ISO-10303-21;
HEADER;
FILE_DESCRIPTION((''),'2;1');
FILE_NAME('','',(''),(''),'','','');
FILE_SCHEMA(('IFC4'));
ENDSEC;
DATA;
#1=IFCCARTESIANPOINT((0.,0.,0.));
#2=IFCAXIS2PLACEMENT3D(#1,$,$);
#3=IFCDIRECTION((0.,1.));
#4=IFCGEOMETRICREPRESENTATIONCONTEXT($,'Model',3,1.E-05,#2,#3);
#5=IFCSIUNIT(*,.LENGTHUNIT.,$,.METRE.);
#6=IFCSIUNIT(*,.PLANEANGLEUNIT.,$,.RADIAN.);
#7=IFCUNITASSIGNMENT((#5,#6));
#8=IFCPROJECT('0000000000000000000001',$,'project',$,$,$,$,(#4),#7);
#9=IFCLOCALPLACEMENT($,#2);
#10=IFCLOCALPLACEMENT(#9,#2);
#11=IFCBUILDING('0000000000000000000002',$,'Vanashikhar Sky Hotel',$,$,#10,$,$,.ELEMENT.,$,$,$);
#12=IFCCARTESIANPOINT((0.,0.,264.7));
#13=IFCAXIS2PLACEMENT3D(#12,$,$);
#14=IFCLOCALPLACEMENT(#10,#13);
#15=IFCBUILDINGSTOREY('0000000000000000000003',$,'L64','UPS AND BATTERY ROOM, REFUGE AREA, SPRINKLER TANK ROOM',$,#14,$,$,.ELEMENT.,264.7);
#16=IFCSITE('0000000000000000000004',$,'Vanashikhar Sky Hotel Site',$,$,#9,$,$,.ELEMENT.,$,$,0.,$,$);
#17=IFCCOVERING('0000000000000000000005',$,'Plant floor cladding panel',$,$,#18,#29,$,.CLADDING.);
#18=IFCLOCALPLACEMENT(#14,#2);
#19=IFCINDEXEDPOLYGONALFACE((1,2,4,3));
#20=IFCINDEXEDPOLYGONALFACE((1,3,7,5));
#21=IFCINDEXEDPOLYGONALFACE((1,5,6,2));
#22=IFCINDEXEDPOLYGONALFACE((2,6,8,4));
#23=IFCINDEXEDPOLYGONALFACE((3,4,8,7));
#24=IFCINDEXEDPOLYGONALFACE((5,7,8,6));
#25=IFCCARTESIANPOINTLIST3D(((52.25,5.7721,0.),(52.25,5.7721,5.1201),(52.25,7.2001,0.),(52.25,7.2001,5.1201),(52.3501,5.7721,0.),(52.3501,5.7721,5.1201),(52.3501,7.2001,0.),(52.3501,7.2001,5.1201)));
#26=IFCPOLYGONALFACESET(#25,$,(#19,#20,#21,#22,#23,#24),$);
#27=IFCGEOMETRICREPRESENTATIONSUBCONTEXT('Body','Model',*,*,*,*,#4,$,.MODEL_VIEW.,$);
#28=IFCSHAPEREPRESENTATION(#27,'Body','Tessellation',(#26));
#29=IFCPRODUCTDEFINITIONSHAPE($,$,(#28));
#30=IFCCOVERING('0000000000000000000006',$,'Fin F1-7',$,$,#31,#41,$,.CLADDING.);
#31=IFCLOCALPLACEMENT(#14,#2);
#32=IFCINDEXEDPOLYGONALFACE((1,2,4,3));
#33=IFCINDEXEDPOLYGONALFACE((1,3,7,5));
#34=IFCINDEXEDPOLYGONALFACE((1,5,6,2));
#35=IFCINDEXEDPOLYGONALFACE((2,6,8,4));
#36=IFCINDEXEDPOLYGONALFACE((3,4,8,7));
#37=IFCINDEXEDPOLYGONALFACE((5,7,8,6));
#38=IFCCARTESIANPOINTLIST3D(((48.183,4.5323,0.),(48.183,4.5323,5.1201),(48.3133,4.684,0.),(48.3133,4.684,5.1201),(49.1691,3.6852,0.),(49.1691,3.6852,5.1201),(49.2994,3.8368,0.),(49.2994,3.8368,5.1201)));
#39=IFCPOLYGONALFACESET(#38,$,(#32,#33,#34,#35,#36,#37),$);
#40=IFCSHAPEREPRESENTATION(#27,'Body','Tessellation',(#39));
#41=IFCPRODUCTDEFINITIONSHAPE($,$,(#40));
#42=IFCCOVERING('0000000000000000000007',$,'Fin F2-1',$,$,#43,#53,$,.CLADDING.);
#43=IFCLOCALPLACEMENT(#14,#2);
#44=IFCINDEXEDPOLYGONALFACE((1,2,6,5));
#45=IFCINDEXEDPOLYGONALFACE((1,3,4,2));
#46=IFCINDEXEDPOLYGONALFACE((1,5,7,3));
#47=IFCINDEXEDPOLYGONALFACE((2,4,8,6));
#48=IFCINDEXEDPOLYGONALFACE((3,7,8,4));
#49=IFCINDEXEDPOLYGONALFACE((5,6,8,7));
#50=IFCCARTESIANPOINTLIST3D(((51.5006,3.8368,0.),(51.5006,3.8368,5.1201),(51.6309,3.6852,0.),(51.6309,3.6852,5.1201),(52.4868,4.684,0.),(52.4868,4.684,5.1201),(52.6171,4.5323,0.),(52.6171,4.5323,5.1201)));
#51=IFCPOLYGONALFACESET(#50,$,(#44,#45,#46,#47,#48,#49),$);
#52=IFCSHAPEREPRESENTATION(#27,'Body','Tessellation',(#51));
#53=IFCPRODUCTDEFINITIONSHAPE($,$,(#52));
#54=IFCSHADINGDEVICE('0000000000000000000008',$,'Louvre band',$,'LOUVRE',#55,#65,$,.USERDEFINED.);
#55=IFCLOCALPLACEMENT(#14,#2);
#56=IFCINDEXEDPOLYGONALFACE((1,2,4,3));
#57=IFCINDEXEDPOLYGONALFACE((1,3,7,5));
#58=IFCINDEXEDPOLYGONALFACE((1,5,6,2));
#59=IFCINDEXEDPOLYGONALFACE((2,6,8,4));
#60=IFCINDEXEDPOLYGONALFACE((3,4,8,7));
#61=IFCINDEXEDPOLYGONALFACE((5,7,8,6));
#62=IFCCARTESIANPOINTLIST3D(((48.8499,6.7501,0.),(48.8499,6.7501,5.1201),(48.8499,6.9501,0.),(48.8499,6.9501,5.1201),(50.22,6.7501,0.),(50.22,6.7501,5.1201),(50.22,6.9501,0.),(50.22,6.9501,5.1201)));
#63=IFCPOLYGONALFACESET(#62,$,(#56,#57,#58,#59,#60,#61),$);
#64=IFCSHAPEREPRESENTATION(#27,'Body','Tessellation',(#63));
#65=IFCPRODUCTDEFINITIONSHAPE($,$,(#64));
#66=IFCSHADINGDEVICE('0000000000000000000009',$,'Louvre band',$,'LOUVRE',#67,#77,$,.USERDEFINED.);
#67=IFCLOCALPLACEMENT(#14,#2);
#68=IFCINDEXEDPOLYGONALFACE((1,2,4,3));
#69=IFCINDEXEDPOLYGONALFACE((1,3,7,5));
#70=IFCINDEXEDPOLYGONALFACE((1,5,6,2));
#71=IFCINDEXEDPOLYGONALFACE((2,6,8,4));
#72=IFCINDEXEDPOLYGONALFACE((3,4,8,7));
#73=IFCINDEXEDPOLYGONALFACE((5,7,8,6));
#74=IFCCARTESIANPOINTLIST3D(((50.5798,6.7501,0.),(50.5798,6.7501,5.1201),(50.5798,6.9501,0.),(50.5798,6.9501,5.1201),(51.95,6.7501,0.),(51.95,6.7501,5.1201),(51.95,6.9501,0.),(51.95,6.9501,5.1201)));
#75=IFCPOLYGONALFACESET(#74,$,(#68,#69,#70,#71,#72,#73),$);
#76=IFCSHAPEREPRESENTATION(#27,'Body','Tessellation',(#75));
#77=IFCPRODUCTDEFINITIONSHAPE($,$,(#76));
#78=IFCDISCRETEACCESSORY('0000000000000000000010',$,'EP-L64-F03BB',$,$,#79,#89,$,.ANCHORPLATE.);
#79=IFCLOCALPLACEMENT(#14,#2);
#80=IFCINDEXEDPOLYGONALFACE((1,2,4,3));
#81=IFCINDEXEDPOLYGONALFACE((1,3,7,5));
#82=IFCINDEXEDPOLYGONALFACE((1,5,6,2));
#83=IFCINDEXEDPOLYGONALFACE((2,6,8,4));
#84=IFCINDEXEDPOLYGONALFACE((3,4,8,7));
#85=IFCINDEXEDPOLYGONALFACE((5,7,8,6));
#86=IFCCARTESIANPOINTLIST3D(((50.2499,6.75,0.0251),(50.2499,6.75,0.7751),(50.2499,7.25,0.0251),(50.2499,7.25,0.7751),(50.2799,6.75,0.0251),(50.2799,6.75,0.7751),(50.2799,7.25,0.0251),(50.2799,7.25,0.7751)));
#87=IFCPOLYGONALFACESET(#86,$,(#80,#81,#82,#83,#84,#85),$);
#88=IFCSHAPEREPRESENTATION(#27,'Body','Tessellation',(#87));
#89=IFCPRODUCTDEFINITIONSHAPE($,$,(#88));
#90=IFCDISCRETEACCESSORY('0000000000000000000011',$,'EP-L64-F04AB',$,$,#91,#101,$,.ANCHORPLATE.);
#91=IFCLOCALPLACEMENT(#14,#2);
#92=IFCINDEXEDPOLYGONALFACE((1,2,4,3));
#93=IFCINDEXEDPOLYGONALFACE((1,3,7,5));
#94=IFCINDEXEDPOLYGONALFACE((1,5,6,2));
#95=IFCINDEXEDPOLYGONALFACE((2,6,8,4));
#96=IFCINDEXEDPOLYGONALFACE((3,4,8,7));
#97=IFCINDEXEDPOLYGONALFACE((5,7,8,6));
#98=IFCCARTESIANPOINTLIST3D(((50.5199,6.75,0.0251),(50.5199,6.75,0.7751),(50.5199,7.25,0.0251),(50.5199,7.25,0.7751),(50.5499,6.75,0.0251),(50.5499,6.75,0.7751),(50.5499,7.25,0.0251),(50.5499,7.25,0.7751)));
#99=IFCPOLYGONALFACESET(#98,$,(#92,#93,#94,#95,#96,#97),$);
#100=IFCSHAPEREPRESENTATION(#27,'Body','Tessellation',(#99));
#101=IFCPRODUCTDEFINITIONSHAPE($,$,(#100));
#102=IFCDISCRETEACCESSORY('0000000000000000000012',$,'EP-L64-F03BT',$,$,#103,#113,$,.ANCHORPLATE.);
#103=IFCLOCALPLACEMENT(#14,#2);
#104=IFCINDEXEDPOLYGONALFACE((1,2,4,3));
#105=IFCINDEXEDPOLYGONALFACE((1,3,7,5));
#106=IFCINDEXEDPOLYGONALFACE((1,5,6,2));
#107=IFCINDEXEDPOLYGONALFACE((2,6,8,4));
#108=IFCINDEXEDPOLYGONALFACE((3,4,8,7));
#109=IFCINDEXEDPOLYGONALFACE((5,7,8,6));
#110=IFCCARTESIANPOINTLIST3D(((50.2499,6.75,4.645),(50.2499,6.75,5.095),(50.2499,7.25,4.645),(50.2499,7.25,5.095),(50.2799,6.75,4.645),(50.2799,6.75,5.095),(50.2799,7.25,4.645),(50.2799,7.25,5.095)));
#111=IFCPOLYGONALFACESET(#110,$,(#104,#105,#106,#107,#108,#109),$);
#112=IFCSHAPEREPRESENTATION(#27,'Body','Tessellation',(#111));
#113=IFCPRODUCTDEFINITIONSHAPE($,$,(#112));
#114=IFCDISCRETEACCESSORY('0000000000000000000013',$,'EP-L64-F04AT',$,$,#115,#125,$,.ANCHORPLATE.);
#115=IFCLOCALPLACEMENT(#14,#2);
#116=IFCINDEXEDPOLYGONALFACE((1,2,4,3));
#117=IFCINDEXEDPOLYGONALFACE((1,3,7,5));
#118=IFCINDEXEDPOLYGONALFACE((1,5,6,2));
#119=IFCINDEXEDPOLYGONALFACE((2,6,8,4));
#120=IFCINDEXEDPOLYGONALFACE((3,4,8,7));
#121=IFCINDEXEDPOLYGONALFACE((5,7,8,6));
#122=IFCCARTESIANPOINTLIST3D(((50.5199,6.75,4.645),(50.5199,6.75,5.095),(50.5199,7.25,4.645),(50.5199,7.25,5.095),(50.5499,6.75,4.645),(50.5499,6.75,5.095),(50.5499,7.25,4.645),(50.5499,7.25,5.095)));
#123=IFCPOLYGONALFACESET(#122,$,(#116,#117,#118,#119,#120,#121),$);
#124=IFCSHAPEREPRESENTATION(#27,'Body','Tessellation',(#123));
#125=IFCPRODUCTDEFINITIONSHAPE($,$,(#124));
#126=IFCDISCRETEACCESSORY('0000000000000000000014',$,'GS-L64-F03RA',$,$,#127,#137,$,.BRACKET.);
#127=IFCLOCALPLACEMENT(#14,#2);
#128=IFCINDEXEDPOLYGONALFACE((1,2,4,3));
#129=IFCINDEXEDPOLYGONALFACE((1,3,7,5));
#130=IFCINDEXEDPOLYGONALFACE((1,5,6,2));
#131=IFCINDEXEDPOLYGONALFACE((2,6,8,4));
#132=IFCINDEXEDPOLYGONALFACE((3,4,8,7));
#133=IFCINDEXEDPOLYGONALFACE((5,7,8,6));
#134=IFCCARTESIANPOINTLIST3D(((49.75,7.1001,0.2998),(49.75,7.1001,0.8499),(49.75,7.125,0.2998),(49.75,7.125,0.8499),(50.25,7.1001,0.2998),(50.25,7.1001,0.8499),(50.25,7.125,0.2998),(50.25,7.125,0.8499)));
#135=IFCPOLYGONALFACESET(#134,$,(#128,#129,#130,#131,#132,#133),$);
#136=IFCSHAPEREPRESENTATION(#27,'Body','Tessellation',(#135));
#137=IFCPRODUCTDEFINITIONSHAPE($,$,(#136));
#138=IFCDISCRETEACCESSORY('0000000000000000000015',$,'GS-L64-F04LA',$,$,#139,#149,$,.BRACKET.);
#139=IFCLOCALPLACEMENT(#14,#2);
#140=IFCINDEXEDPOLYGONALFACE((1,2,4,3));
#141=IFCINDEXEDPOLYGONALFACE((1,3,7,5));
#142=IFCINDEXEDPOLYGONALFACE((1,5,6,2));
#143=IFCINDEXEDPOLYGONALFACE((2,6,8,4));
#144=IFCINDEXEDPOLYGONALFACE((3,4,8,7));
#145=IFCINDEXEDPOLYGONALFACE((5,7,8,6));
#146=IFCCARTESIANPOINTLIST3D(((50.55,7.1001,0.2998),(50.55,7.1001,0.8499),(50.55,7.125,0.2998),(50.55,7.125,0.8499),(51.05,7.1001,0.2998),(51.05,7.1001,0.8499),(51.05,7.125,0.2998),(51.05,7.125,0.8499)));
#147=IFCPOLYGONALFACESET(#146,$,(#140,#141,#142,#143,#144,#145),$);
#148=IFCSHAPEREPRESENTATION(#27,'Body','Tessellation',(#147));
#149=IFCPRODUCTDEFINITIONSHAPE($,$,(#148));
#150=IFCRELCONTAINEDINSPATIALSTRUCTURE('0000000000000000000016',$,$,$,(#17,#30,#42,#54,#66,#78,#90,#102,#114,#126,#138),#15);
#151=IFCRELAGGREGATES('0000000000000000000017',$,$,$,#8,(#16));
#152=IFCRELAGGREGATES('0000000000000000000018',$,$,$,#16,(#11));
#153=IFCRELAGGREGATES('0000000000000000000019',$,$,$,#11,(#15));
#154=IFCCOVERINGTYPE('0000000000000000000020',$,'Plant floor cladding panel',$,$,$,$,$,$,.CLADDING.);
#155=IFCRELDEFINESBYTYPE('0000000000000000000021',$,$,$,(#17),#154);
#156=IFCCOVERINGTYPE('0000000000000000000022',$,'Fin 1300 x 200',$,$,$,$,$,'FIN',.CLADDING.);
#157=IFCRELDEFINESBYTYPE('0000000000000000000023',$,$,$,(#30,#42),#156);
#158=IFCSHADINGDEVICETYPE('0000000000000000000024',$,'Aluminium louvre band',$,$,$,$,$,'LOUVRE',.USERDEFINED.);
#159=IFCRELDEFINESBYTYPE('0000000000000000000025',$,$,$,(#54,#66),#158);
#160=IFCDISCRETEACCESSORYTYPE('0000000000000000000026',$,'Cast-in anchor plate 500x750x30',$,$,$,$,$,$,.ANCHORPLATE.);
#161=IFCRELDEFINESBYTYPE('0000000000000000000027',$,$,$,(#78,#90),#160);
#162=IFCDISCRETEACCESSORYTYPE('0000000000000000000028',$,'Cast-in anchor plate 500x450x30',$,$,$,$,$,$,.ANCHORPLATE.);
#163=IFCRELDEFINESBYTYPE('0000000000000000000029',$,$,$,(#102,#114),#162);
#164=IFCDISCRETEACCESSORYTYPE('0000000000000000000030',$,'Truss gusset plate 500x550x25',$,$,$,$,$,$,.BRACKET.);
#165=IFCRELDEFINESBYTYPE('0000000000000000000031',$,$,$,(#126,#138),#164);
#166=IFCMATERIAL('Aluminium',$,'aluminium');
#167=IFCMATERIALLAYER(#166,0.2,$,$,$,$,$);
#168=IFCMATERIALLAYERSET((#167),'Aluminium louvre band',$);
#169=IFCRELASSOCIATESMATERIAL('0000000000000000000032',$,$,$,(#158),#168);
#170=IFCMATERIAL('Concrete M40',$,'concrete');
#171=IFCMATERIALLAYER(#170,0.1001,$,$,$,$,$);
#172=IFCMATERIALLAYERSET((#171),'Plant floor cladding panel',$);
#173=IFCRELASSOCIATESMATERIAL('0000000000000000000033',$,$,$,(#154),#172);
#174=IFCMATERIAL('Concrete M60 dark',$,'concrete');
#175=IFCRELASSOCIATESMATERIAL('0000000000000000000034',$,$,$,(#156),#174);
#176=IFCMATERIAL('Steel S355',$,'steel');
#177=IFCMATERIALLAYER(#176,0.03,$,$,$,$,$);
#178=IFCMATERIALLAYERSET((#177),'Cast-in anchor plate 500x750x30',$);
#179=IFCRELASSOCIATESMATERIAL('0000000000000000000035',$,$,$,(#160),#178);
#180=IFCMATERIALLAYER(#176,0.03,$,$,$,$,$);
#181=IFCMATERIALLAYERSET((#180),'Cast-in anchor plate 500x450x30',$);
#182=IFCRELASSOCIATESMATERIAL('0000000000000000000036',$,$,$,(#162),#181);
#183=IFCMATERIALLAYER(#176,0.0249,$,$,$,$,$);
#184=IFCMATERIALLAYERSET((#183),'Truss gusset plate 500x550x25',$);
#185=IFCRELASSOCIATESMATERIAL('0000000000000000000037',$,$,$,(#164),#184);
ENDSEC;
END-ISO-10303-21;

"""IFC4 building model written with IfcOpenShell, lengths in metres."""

from ifc_helpers import new_model, si_unit, direction, frame, origin, origin_2d, place, context, subcontext, project, spatial, rectangle, extrude, source, transform, mapped, material, layer, layer_set, material_profile, profile_set, type_object, element, save


model = new_model("IFC4")

# Units and contexts
model_context = context("Model", 3, precision=1e-05, world=origin(), true_north=direction((0.0, 1.0)))
body_context = subcontext(model_context, "Body", "Model", "MODEL_VIEW")
ifc_project = project(units=[si_unit("LENGTHUNIT", "METRE"), si_unit("PLANEANGLEUNIT", "RADIAN")], contexts=[model_context])

# Site, building, storey
site_placement = place(None, origin())
site = spatial("IfcSite", under=ifc_project, at=site_placement, Name="Vanashikhar Sky Hotel Site", CompositionType="ELEMENT", RefElevation=0.0)
building_placement = place(site_placement, origin())
building = spatial("IfcBuilding", under=site, at=building_placement, Name="Vanashikhar Sky Hotel", CompositionType="ELEMENT")
storey_placement = place(building_placement, frame((0.0, 0.0, 264.7)))
storey = spatial("IfcBuildingStorey", under=building, at=storey_placement, Name="L64", Description="UPS AND BATTERY ROOM, REFUGE AREA, SPRINKLER TANK ROOM", CompositionType="ELEMENT", Elevation=264.7)

# Shared definitions
ifc_material_1 = material(Name="Steel S355", Category="steel")

# Shared definitions
ifc_material_2 = material(Name="Aluminium", Category="aluminium")
ifc_layer_1 = layer(ifc_material_2, 0.2)
ifc_layer_set_1 = layer_set([ifc_layer_1], Name="Aluminium louvre band")
shading_device_type = type_object("IfcShadingDeviceType", Name="Aluminium louvre band", ElementType="LOUVRE", PredefinedType="USERDEFINED", material=ifc_layer_set_1)

# Coverings
ifc_material_3 = material(Name="Concrete M40", Category="concrete")
ifc_layer_2 = layer(ifc_material_3, 0.1001)
ifc_layer_set_2 = layer_set([ifc_layer_2], Name="Plant floor cladding panel")
covering_type_1 = type_object("IfcCoveringType", Name="Plant floor cladding panel", PredefinedType="CLADDING", material=ifc_layer_set_2)
shared_shape_1 = source(origin(), body_context, "Body", "SweptSolid", [
    extrude(rectangle(XDim=1.428, YDim=0.1001, at=origin_2d()), origin(), (0.0, 0.0, 1.0), 5.1201),
])
for number, where, z_axis, x_axis, name in (
    (1, (52.3, 6.4861, 0.0), (0.0, 0.0, 1.0), (0.0, -1.0, 0.0), "Plant floor cladding panel"),
):
    element("IfcCovering", number, at=place(storey_placement, frame(where, z_axis=z_axis, x_axis=x_axis)), inside=storey, type_object=covering_type_1, Name=name, PredefinedType="CLADDING", context=body_context, shape_type="MappedRepresentation", body=[
        mapped(shared_shape_1, transform((0.0, 0.0, 0.0), scale=1.0)),
    ])
ifc_material_4 = material(Name="Concrete M60 dark", Category="concrete")
ifc_material_profile_1 = material_profile(ifc_material_4, rectangle(XDim=1.3, YDim=0.2, at=origin_2d()))
ifc_profile_set_1 = profile_set([ifc_material_profile_1], Name="Fin 1300 x 200")
covering_type_2 = type_object("IfcCoveringType", Name="Fin 1300 x 200", ElementType="FIN", PredefinedType="CLADDING", material=ifc_profile_set_1)
shared_shape_2 = source(origin(), body_context, "Body", "SweptSolid", [
    extrude(rectangle(XDim=1.3, YDim=0.2, at=origin_2d()), origin(), (0.0, 0.0, 1.0), 5.1201),
])
for number, where, z_axis, x_axis, name in (
    (2, (48.7412, 4.1846, 0.0), (0.0, 0.0, 1.0), (0.758544, -0.651622, 0.0), "Fin F1-7"),
    (3, (52.0588, 4.1846, 0.0), (0.0, 0.0, 1.0), (-0.758544, -0.651622, 0.0), "Fin F2-1"),
):
    element("IfcCovering", number, at=place(storey_placement, frame(where, z_axis=z_axis, x_axis=x_axis)), inside=storey, type_object=covering_type_2, Name=name, PredefinedType="CLADDING", context=body_context, shape_type="MappedRepresentation", body=[
        mapped(shared_shape_2, transform((0.0, 0.0, 0.0), scale=1.0)),
    ])

# Shading devices
shared_shape_3 = source(origin(), body_context, "Body", "SweptSolid", [
    extrude(rectangle(XDim=1.3701, YDim=0.2, at=origin_2d()), origin(), (0.0, 0.0, 1.0), 5.1201),
])
for number, where, z_axis, x_axis, name in (
    (4, (49.5349, 6.8501, 0.0), (0.0, 0.0, 1.0), (1.0, 0.0, 0.0), "Louvre band"),
    (5, (51.2649, 6.8501, 0.0), (0.0, 0.0, 1.0), (1.0, 0.0, 0.0), "Louvre band"),
):
    element("IfcShadingDevice", number, at=place(storey_placement, frame(where, z_axis=z_axis, x_axis=x_axis)), inside=storey, type_object=shading_device_type, Name=name, ObjectType="LOUVRE", PredefinedType="USERDEFINED", context=body_context, shape_type="MappedRepresentation", body=[
        mapped(shared_shape_3, transform((0.0, 0.0, 0.0), scale=1.0)),
    ])

# Discrete accessories
ifc_layer_3 = layer(ifc_material_1, 0.03)
ifc_layer_set_3 = layer_set([ifc_layer_3], Name="Cast-in anchor plate 500x750x30")
discrete_accessory_type_1 = type_object("IfcDiscreteAccessoryType", Name="Cast-in anchor plate 500x750x30", PredefinedType="ANCHORPLATE", material=ifc_layer_set_3)
shared_shape_4 = source(origin(), body_context, "Body", "SweptSolid", [
    extrude(rectangle(XDim=0.03, YDim=0.5, at=origin_2d()), origin(), (0.0, 0.0, 1.0), 0.75),
])
for number, where, z_axis, x_axis, name in (
    (6, (50.2649, 7.0, 0.0251), (0.0, 0.0, 1.0), (1.0, 0.0, 0.0), "EP-L64-F03BB"),
    (7, (50.5349, 7.0, 0.0251), (0.0, 0.0, 1.0), (1.0, 0.0, 0.0), "EP-L64-F04AB"),
):
    element("IfcDiscreteAccessory", number, at=place(storey_placement, frame(where, z_axis=z_axis, x_axis=x_axis)), inside=storey, type_object=discrete_accessory_type_1, Name=name, PredefinedType="ANCHORPLATE", context=body_context, shape_type="MappedRepresentation", body=[
        mapped(shared_shape_4, transform((0.0, 0.0, 0.0), scale=1.0)),
    ])
ifc_layer_4 = layer(ifc_material_1, 0.03)
ifc_layer_set_4 = layer_set([ifc_layer_4], Name="Cast-in anchor plate 500x450x30")
discrete_accessory_type_2 = type_object("IfcDiscreteAccessoryType", Name="Cast-in anchor plate 500x450x30", PredefinedType="ANCHORPLATE", material=ifc_layer_set_4)
shared_shape_5 = source(origin(), body_context, "Body", "SweptSolid", [
    extrude(rectangle(XDim=0.03, YDim=0.5, at=origin_2d()), origin(), (0.0, 0.0, 1.0), 0.45),
])
for number, where, z_axis, x_axis, name in (
    (8, (50.2649, 7.0, 4.645), (0.0, 0.0, 1.0), (1.0, 0.0, 0.0), "EP-L64-F03BT"),
    (9, (50.5349, 7.0, 4.645), (0.0, 0.0, 1.0), (1.0, 0.0, 0.0), "EP-L64-F04AT"),
):
    element("IfcDiscreteAccessory", number, at=place(storey_placement, frame(where, z_axis=z_axis, x_axis=x_axis)), inside=storey, type_object=discrete_accessory_type_2, Name=name, PredefinedType="ANCHORPLATE", context=body_context, shape_type="MappedRepresentation", body=[
        mapped(shared_shape_5, transform((0.0, 0.0, 0.0), scale=1.0)),
    ])
ifc_layer_5 = layer(ifc_material_1, 0.0249)
ifc_layer_set_5 = layer_set([ifc_layer_5], Name="Truss gusset plate 500x550x25")
discrete_accessory_type_3 = type_object("IfcDiscreteAccessoryType", Name="Truss gusset plate 500x550x25", PredefinedType="BRACKET", material=ifc_layer_set_5)
shared_shape_6 = source(origin(), body_context, "Body", "SweptSolid", [
    extrude(rectangle(XDim=0.5, YDim=0.0249, at=origin_2d()), origin(), (0.0, 0.0, 1.0), 0.55),
])
for number, where, z_axis, x_axis, name in (
    (10, (50.0, 7.1125, 0.2998), (0.0, 0.0, 1.0), (1.0, 0.0, 0.0), "GS-L64-F03RA"),
    (11, (50.8, 7.1125, 0.2998), (0.0, 0.0, 1.0), (1.0, 0.0, 0.0), "GS-L64-F04LA"),
):
    element("IfcDiscreteAccessory", number, at=place(storey_placement, frame(where, z_axis=z_axis, x_axis=x_axis)), inside=storey, type_object=discrete_accessory_type_3, Name=name, PredefinedType="BRACKET", context=body_context, shape_type="MappedRepresentation", body=[
        mapped(shared_shape_6, transform((0.0, 0.0, 0.0), scale=1.0)),
    ])

save(model, "model.ifc")
